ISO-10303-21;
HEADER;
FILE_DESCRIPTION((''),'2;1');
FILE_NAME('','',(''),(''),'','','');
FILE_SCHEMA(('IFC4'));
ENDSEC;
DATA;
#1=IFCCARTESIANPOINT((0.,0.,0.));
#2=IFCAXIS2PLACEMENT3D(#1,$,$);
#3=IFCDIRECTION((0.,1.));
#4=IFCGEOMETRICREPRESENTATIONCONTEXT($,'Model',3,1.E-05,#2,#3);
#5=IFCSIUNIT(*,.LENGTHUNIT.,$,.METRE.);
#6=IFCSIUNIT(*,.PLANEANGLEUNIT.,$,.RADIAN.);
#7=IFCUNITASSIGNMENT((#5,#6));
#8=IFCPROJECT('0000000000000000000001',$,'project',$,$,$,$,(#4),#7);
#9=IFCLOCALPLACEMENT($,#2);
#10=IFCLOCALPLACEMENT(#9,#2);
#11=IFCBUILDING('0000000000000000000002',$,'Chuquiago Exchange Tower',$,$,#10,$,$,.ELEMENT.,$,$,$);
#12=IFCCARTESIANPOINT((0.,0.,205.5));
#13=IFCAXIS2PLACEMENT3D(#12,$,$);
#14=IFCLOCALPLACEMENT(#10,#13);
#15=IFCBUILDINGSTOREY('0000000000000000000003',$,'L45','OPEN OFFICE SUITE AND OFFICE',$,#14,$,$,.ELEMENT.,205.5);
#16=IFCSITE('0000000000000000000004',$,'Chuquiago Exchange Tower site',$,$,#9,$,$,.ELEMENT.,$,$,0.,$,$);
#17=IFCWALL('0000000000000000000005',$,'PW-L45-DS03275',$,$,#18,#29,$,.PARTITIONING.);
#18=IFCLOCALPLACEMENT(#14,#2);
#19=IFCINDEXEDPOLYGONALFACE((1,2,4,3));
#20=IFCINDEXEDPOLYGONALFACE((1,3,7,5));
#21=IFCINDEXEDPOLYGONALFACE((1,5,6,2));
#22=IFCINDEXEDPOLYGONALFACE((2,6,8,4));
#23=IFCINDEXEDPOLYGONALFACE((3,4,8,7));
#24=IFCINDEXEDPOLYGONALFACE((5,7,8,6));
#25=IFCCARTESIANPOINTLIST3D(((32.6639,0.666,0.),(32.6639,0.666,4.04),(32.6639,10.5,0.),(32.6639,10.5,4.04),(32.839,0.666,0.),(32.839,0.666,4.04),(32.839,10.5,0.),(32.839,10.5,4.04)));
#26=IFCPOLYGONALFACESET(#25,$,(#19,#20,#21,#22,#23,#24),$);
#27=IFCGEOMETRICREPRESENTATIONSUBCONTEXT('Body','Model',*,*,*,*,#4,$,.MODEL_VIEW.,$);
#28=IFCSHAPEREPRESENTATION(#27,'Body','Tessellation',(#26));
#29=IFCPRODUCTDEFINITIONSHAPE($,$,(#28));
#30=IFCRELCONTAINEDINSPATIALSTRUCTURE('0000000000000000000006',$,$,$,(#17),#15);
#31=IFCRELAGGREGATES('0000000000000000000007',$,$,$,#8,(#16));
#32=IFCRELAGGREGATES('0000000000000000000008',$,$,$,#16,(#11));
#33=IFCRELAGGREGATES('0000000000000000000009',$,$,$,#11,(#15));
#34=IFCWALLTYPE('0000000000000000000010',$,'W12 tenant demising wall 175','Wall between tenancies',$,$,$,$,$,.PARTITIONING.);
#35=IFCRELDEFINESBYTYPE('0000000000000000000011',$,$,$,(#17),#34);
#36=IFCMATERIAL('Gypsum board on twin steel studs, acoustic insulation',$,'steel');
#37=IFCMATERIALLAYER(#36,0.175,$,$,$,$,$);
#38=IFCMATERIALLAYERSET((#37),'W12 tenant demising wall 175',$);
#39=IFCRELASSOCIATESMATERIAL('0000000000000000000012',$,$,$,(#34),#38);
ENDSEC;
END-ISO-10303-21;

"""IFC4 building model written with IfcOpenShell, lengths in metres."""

from ifc_helpers import new_model, si_unit, direction, frame, frame_2d, origin, place, context, subcontext, project, spatial, rectangle, extrude, material, layer, layer_set, type_object, element, save


model = new_model("IFC4")

# Units and contexts
model_context = context("Model", 3, precision=1e-05, world=origin(), true_north=direction((0.0, 1.0)))
body_context = subcontext(model_context, "Body", "Model", "MODEL_VIEW")
ifc_project = project(units=[si_unit("LENGTHUNIT", "METRE"), si_unit("PLANEANGLEUNIT", "RADIAN")], contexts=[model_context])

# Site, building, storey
site_placement = place(None, origin())
site = spatial("IfcSite", under=ifc_project, at=site_placement, Name="Chuquiago Exchange Tower site", CompositionType="ELEMENT", RefElevation=0.0)
building_placement = place(site_placement, origin())
building = spatial("IfcBuilding", under=site, at=building_placement, Name="Chuquiago Exchange Tower", CompositionType="ELEMENT")
storey_placement = place(building_placement, frame((0.0, 0.0, 205.5)))
storey = spatial("IfcBuildingStorey", under=building, at=storey_placement, Name="L45", Description="OPEN OFFICE SUITE AND OFFICE", CompositionType="ELEMENT", Elevation=205.5)

# Wall
ifc_material_1 = material(Name="Gypsum board on twin steel studs, acoustic insulation", Category="steel")
ifc_layer_1 = layer(ifc_material_1, 0.175)
ifc_layer_set_1 = layer_set([ifc_layer_1], Name="W12 tenant demising wall 175")
wall_type_1 = type_object("IfcWallType", Name="W12 tenant demising wall 175", Description="Wall between tenancies", PredefinedType="PARTITIONING", material=ifc_layer_set_1)
wall_1_placement = place(storey_placement, frame((32.7515, 0.666, 0.0), z_axis=(0.0, 0.0, 1.0), x_axis=(0.0, 1.0, 0.0)))
element("IfcWall", 1, at=wall_1_placement, inside=storey, type_object=wall_type_1, Name="PW-L45-DS03275", PredefinedType="PARTITIONING", context=body_context, shape_type="SweptSolid", body=[
    extrude(rectangle(XDim=9.834, YDim=0.175, at=frame_2d((4.917, 0.0))), origin(), (0.0, 0.0, 1.0), 4.04),
])

save(model, "model.ifc")
